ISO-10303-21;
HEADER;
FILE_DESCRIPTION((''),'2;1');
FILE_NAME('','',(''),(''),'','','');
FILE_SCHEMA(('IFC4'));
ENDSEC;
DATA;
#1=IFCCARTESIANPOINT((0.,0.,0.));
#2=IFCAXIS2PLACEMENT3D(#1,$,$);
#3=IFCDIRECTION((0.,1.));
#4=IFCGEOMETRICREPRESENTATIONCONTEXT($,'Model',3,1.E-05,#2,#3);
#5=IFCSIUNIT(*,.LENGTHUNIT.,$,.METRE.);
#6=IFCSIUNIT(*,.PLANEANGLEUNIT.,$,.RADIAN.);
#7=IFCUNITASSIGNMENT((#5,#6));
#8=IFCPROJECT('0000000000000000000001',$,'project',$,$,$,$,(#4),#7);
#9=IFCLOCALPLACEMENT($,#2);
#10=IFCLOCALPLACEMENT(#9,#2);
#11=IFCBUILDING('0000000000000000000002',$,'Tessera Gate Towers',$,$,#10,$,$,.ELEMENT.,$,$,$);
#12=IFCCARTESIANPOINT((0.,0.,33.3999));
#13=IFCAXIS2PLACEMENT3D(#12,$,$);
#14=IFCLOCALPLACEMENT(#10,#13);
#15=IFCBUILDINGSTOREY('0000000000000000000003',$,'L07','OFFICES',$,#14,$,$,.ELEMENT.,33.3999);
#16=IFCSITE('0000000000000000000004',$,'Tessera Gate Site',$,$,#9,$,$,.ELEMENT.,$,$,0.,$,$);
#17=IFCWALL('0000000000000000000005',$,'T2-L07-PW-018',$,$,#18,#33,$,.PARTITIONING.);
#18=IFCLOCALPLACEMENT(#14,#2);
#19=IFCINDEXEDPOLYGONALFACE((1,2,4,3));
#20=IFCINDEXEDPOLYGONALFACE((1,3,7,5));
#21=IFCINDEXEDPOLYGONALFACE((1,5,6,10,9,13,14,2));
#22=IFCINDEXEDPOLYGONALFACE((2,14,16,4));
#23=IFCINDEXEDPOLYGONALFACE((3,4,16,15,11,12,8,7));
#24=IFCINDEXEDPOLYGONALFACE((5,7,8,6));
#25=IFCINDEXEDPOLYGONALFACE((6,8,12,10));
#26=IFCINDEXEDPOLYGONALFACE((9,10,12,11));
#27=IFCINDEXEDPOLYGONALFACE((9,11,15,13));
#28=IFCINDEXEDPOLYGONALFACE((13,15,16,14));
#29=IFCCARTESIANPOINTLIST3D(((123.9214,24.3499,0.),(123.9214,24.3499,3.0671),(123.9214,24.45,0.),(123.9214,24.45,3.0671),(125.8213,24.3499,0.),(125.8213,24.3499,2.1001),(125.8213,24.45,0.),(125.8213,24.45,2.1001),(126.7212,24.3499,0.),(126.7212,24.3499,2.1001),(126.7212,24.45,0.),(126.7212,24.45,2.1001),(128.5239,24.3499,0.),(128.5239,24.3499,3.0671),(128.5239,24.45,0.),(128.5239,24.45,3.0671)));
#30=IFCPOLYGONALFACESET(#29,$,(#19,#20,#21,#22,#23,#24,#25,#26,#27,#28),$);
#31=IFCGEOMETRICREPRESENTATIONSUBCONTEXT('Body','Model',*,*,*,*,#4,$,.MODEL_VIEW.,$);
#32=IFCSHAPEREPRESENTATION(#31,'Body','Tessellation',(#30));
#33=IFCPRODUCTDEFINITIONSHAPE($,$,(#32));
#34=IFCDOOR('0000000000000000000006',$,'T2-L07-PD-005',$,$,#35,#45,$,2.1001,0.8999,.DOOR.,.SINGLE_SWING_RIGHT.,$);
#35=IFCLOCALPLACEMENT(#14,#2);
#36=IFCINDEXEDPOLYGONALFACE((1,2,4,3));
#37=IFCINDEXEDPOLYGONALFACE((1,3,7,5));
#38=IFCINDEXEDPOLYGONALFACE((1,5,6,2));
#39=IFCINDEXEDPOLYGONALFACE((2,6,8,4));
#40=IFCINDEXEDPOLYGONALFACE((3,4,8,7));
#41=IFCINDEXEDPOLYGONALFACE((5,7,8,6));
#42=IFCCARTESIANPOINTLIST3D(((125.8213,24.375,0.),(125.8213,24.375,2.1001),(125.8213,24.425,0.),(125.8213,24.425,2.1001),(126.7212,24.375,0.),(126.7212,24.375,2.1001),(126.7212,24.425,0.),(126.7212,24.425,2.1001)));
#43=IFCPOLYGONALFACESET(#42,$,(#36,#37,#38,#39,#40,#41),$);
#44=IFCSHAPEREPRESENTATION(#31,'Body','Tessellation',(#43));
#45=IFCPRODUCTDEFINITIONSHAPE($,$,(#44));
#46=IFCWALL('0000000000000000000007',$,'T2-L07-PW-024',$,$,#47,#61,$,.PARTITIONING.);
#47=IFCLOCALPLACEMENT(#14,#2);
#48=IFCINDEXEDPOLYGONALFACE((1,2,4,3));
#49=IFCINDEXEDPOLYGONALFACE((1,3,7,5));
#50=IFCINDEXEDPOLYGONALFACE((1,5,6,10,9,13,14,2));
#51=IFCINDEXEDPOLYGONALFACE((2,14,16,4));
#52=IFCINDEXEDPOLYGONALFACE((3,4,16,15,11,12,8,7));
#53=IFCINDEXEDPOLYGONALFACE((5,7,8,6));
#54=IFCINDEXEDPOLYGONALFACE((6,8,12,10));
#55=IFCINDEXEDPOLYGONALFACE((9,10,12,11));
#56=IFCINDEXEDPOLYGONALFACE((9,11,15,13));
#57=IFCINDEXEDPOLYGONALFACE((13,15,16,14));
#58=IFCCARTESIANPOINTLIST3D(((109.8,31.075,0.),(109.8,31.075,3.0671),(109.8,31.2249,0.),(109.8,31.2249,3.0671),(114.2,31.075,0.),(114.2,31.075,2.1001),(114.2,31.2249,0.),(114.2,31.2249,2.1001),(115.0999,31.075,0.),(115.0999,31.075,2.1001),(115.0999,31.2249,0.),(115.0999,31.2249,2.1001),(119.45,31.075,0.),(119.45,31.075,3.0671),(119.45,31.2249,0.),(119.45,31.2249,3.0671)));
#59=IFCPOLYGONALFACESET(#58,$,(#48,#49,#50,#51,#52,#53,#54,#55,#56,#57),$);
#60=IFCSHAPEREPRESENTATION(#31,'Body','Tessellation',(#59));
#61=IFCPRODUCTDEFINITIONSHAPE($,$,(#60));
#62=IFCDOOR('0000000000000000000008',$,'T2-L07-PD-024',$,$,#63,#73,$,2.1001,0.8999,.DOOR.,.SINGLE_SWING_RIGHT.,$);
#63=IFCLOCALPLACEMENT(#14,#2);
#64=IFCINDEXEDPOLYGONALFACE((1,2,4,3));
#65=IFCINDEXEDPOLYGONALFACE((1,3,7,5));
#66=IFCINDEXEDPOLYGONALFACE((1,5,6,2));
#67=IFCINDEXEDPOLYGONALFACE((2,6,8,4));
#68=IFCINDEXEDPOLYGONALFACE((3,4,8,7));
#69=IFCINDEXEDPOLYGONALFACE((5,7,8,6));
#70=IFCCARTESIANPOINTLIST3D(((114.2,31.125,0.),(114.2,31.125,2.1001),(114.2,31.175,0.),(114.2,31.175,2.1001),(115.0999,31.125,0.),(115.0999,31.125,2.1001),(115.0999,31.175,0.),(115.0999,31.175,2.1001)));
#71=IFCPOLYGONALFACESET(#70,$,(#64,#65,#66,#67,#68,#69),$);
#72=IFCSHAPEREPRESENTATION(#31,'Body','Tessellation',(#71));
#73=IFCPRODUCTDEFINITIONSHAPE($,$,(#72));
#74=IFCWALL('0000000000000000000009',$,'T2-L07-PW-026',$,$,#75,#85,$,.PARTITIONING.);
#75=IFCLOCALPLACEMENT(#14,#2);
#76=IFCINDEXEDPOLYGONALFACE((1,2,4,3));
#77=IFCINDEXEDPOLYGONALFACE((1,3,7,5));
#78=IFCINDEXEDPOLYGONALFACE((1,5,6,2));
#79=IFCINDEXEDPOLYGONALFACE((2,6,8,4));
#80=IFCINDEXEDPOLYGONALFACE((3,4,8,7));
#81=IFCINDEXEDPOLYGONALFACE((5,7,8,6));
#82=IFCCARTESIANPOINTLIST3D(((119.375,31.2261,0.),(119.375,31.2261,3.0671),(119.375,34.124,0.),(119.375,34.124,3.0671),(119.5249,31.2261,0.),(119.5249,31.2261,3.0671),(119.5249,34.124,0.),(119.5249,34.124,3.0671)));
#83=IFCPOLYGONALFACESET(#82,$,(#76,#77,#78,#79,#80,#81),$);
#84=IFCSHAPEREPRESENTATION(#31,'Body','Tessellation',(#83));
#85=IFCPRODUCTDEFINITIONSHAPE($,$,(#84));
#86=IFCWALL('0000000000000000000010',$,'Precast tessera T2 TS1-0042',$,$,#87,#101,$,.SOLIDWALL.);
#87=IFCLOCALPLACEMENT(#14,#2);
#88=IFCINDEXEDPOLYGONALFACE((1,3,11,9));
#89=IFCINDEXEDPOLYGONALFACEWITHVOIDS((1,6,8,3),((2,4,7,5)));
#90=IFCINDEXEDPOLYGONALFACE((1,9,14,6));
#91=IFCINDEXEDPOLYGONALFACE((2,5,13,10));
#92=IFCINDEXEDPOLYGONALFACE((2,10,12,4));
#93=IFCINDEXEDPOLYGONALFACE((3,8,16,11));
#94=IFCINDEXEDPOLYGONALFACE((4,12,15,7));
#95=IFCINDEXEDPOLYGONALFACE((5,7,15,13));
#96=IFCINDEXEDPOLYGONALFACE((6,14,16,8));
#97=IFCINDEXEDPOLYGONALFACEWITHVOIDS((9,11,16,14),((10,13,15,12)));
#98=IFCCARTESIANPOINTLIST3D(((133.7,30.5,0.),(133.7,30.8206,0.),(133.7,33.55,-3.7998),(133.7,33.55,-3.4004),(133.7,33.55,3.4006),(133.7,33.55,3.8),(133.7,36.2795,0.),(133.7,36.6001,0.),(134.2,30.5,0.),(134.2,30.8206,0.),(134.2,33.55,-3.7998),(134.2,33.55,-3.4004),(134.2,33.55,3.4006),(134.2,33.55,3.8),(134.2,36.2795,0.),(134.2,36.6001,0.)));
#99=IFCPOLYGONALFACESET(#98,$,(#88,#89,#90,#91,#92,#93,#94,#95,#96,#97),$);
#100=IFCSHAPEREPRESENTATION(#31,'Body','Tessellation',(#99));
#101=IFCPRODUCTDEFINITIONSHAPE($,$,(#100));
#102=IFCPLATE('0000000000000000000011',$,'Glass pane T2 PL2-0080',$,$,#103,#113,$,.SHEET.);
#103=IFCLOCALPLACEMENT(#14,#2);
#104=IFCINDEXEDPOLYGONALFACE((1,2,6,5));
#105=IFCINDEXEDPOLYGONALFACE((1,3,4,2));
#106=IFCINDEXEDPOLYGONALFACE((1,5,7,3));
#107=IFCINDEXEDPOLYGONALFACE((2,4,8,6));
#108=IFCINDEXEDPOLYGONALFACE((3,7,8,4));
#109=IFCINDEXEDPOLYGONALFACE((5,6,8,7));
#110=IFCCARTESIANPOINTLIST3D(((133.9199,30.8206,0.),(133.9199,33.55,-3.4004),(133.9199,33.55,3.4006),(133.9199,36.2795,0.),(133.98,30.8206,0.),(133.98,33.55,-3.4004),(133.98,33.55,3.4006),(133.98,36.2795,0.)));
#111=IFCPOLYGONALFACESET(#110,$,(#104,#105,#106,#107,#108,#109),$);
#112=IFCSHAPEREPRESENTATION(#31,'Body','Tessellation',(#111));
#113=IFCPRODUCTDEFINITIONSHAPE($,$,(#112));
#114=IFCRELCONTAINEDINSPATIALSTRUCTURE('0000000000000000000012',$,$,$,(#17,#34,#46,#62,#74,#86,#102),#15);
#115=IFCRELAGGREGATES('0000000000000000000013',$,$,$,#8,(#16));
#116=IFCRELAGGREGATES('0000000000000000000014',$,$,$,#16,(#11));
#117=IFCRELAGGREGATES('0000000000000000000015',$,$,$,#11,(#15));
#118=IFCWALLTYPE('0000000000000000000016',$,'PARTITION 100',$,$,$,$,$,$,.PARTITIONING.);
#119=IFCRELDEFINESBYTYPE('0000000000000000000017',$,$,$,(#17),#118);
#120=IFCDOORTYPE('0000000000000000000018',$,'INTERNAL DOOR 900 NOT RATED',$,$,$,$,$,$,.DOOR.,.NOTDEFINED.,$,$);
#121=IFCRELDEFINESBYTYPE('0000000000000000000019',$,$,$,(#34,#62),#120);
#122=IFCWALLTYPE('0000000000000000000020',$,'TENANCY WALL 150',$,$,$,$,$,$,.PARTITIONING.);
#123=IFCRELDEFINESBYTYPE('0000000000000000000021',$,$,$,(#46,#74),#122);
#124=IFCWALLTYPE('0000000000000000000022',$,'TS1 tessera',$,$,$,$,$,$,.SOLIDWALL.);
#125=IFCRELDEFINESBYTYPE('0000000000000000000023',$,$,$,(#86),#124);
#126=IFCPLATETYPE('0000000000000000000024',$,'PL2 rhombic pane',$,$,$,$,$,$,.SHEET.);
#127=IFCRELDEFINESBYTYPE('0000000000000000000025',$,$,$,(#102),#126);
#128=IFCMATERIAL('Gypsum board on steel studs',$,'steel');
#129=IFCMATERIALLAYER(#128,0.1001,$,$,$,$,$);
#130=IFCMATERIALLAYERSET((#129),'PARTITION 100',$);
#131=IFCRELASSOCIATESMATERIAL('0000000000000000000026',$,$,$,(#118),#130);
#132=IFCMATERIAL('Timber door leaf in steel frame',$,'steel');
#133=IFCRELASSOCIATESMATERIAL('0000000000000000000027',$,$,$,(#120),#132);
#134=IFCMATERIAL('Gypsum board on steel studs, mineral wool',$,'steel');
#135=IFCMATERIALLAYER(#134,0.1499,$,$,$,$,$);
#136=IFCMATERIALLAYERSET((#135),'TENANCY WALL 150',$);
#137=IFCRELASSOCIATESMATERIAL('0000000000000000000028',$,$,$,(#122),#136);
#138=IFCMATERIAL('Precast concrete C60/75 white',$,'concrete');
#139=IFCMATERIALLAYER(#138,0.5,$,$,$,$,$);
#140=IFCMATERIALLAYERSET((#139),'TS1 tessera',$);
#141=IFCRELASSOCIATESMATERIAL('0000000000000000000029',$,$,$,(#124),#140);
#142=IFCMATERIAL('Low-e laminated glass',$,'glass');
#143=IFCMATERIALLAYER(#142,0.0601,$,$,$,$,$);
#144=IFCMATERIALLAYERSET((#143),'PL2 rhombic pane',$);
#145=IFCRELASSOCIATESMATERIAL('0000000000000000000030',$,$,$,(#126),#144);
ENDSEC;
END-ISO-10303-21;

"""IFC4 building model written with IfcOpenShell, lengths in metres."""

from ifc_helpers import new_model, si_unit, direction, frame, frame_2d, origin, place, context, subcontext, project, spatial, polyline, rectangle, outline, extrude, source, transform, mapped, material, layer, layer_set, type_object, element, fill, save


model = new_model("IFC4")

# Units and contexts
model_context = context("Model", 3, precision=1e-05, world=origin(), true_north=direction((0.0, 1.0)))
body_context = subcontext(model_context, "Body", "Model", "MODEL_VIEW")
ifc_project = project(units=[si_unit("LENGTHUNIT", "METRE"), si_unit("PLANEANGLEUNIT", "RADIAN")], contexts=[model_context])

# Site, building, storey
site_placement = place(None, origin())
site = spatial("IfcSite", under=ifc_project, at=site_placement, Name="Tessera Gate Site", CompositionType="ELEMENT", RefElevation=0.0)
building_placement = place(site_placement, origin())
building = spatial("IfcBuilding", under=site, at=building_placement, Name="Tessera Gate Towers", CompositionType="ELEMENT")
storey_placement = place(building_placement, frame((0.0, 0.0, 33.3999)))
storey = spatial("IfcBuildingStorey", under=building, at=storey_placement, Name="L07", Description="OFFICES", CompositionType="ELEMENT", Elevation=33.3999)

# Shared definitions
shared_shape_1 = source(origin(), body_context, "Body", "SweptSolid", [
    extrude(rectangle(XDim=0.8999, YDim=2.1001, at=frame_2d((0.45, 1.05))), frame((0.0, 0.085, 0.0), z_axis=(0.0, -1.0, 0.0), x_axis=(1.0, 0.0, 0.0)), (0.0, 0.0, 1.0), 0.1699),
])
shared_shape_2 = source(origin(), body_context, "Body", "SweptSolid", [
    extrude(rectangle(XDim=0.8999, YDim=2.1001, at=frame_2d((0.45, 1.05))), frame((0.0, 0.0249, 0.0), z_axis=(0.0, -1.0, 0.0), x_axis=(1.0, 0.0, 0.0)), (0.0, 0.0, 1.0), 0.05),
])

# Walls, openings, doors
ifc_material_1 = material(Name="Gypsum board on steel studs", Category="steel")
ifc_layer_1 = layer(ifc_material_1, 0.1001)
ifc_layer_set_1 = layer_set([ifc_layer_1], Name="PARTITION 100")
wall_type_1 = type_object("IfcWallType", Name="PARTITION 100", PredefinedType="PARTITIONING", material=ifc_layer_set_1)
wall_1_placement = place(storey_placement, frame((128.5239, 24.3999, 0.0), z_axis=(0.0, 0.0, 1.0), x_axis=(-1.0, 0.0, 0.0)))
wall_1 = element("IfcWall", 1, at=wall_1_placement, inside=storey, type_object=wall_type_1, Name="T2-L07-PW-018", PredefinedType="PARTITIONING", context=body_context, shape_type="SweptSolid", body=[
    extrude(rectangle(XDim=4.6025, YDim=0.1001, at=frame_2d((2.3013, 0.0))), origin(), (0.0, 0.0, 1.0), 3.0671),
])
shared_shape_3 = source(origin(), body_context, "Body", "SweptSolid", [
    extrude(rectangle(XDim=0.8999, YDim=2.1001, at=frame_2d((0.45, 1.05))), frame((0.0, 0.0601, 0.0), z_axis=(0.0, -1.0, 0.0), x_axis=(1.0, 0.0, 0.0)), (0.0, 0.0, 1.0), 0.1201),
])
opening_1_placement = place(wall_1_placement, frame((1.8027, 0.0, 0.0)))
opening_1 = element("IfcOpeningElement", 2, at=opening_1_placement, cuts=wall_1, PredefinedType="OPENING", context=body_context, shape_type="MappedRepresentation", body=[
    mapped(shared_shape_3, transform((0.0, 0.0, 0.0), scale=1.0)),
])
ifc_material_2 = material(Name="Timber door leaf in steel frame", Category="steel")
door_type_1 = type_object("IfcDoorType", Name="INTERNAL DOOR 900 NOT RATED", OperationType="NOTDEFINED", PredefinedType="DOOR", material=ifc_material_2)
door_1_placement = place(opening_1_placement, origin())
door_1 = element("IfcDoor", 3, at=door_1_placement, inside=storey, type_object=door_type_1, Name="T2-L07-PD-005", OperationType="SINGLE_SWING_RIGHT", OverallHeight=2.1001, OverallWidth=0.8999, PredefinedType="DOOR", context=body_context, shape_type="MappedRepresentation", body=[
    mapped(shared_shape_2, transform((0.0, 0.0, 0.0), scale=1.0)),
])
fill(opening_1, door_1)
ifc_material_3 = material(Name="Gypsum board on steel studs, mineral wool", Category="steel")
ifc_layer_2 = layer(ifc_material_3, 0.1499)
ifc_layer_set_2 = layer_set([ifc_layer_2], Name="TENANCY WALL 150")
wall_type_2 = type_object("IfcWallType", Name="TENANCY WALL 150", PredefinedType="PARTITIONING", material=ifc_layer_set_2)
wall_2_placement = place(storey_placement, frame((119.45, 31.1499, 0.0), z_axis=(0.0, 0.0, 1.0), x_axis=(-1.0, 0.0, 0.0)))
wall_2 = element("IfcWall", 4, at=wall_2_placement, inside=storey, type_object=wall_type_2, Name="T2-L07-PW-024", PredefinedType="PARTITIONING", context=body_context, shape_type="SweptSolid", body=[
    extrude(rectangle(XDim=9.6499, YDim=0.1499, at=frame_2d((4.825, 0.0))), origin(), (0.0, 0.0, 1.0), 3.0671),
])
opening_2_placement = place(wall_2_placement, frame((4.3501, 0.0, 0.0)))
opening_2 = element("IfcOpeningElement", 5, at=opening_2_placement, cuts=wall_2, PredefinedType="OPENING", context=body_context, shape_type="MappedRepresentation", body=[
    mapped(shared_shape_1, transform((0.0, 0.0, 0.0), scale=1.0)),
])
door_2_placement = place(opening_2_placement, origin())
door_2 = element("IfcDoor", 6, at=door_2_placement, inside=storey, type_object=door_type_1, Name="T2-L07-PD-024", OperationType="SINGLE_SWING_RIGHT", OverallHeight=2.1001, OverallWidth=0.8999, PredefinedType="DOOR", context=body_context, shape_type="MappedRepresentation", body=[
    mapped(shared_shape_2, transform((0.0, 0.0, 0.0), scale=1.0)),
])
fill(opening_2, door_2)

# Wall
wall_3_placement = place(storey_placement, frame((119.45, 31.2261, 0.0), z_axis=(0.0, 0.0, 1.0), x_axis=(0.0, 1.0, 0.0)))
element("IfcWall", 7, at=wall_3_placement, inside=storey, type_object=wall_type_2, Name="T2-L07-PW-026", PredefinedType="PARTITIONING", context=body_context, shape_type="SweptSolid", body=[
    extrude(rectangle(XDim=2.8979, YDim=0.1499, at=frame_2d((1.449, 0.0))), origin(), (0.0, 0.0, 1.0), 3.0671),
])

# Wall, opening, plate
ifc_material_4 = material(Name="Precast concrete C60/75 white", Category="concrete")
ifc_layer_3 = layer(ifc_material_4, 0.5)
ifc_layer_set_3 = layer_set([ifc_layer_3], Name="TS1 tessera")
wall_type_3 = type_object("IfcWallType", Name="TS1 tessera", PredefinedType="SOLIDWALL", material=ifc_layer_set_3)
shared_shape_4 = source(origin(), body_context, "Body", "SweptSolid", [
    extrude(outline(polyline([(3.05, 0.0), (6.1001, 3.7998), (3.05, 7.5999), (0.0, 3.7998), (3.05, 0.0)])), frame((0.0, 0.25, 0.0), z_axis=(0.0, -1.0, 0.0), x_axis=(1.0, 0.0, 0.0)), (0.0, 0.0, 1.0), 0.5),
])
wall_4_placement = place(storey_placement, frame((133.95, 30.5, -3.7998), z_axis=(0.0, 0.0, 1.0), x_axis=(0.0, 1.0, 0.0)))
wall_4 = element("IfcWall", 8, at=wall_4_placement, inside=storey, type_object=wall_type_3, Name="Precast tessera T2 TS1-0042", PredefinedType="SOLIDWALL", context=body_context, shape_type="MappedRepresentation", body=[
    mapped(shared_shape_4, transform((0.0, 0.0, 0.0), scale=1.0)),
])
shared_shape_5 = source(origin(), body_context, "Body", "SweptSolid", [
    extrude(outline(polyline([(3.05, 0.3994), (5.7795, 3.7998), (3.05, 7.2004), (0.3206, 3.7998), (3.05, 0.3994)])), frame((0.0, 0.26, 0.0), z_axis=(0.0, -1.0, 0.0), x_axis=(1.0, 0.0, 0.0)), (0.0, 0.0, 1.0), 0.52),
])
opening_3_placement = place(wall_4_placement, origin())
opening_3 = element("IfcOpeningElement", 9, at=opening_3_placement, cuts=wall_4, PredefinedType="OPENING", context=body_context, shape_type="MappedRepresentation", body=[
    mapped(shared_shape_5, transform((0.0, 0.0, 0.0), scale=1.0)),
])
ifc_material_5 = material(Name="Low-e laminated glass", Category="glass")
ifc_layer_4 = layer(ifc_material_5, 0.0601)
ifc_layer_set_4 = layer_set([ifc_layer_4], Name="PL2 rhombic pane")
plate_type = type_object("IfcPlateType", Name="PL2 rhombic pane", PredefinedType="SHEET", material=ifc_layer_set_4)
shared_shape_6 = source(origin(), body_context, "Body", "SweptSolid", [
    extrude(outline(polyline([(3.05, 0.3994), (5.7795, 3.7998), (3.05, 7.2004), (0.3206, 3.7998), (3.05, 0.3994)])), frame((0.0, 0.03, 0.0), z_axis=(0.0, -1.0, 0.0), x_axis=(1.0, 0.0, 0.0)), (0.0, 0.0, 1.0), 0.0601),
])
plate_placement = place(opening_3_placement, origin())
plate = element("IfcPlate", 10, at=plate_placement, inside=storey, type_object=plate_type, Name="Glass pane T2 PL2-0080", PredefinedType="SHEET", context=body_context, shape_type="MappedRepresentation", body=[
    mapped(shared_shape_6, transform((0.0, 0.0, 0.0), scale=1.0)),
])
fill(opening_3, plate)

save(model, "model.ifc")
